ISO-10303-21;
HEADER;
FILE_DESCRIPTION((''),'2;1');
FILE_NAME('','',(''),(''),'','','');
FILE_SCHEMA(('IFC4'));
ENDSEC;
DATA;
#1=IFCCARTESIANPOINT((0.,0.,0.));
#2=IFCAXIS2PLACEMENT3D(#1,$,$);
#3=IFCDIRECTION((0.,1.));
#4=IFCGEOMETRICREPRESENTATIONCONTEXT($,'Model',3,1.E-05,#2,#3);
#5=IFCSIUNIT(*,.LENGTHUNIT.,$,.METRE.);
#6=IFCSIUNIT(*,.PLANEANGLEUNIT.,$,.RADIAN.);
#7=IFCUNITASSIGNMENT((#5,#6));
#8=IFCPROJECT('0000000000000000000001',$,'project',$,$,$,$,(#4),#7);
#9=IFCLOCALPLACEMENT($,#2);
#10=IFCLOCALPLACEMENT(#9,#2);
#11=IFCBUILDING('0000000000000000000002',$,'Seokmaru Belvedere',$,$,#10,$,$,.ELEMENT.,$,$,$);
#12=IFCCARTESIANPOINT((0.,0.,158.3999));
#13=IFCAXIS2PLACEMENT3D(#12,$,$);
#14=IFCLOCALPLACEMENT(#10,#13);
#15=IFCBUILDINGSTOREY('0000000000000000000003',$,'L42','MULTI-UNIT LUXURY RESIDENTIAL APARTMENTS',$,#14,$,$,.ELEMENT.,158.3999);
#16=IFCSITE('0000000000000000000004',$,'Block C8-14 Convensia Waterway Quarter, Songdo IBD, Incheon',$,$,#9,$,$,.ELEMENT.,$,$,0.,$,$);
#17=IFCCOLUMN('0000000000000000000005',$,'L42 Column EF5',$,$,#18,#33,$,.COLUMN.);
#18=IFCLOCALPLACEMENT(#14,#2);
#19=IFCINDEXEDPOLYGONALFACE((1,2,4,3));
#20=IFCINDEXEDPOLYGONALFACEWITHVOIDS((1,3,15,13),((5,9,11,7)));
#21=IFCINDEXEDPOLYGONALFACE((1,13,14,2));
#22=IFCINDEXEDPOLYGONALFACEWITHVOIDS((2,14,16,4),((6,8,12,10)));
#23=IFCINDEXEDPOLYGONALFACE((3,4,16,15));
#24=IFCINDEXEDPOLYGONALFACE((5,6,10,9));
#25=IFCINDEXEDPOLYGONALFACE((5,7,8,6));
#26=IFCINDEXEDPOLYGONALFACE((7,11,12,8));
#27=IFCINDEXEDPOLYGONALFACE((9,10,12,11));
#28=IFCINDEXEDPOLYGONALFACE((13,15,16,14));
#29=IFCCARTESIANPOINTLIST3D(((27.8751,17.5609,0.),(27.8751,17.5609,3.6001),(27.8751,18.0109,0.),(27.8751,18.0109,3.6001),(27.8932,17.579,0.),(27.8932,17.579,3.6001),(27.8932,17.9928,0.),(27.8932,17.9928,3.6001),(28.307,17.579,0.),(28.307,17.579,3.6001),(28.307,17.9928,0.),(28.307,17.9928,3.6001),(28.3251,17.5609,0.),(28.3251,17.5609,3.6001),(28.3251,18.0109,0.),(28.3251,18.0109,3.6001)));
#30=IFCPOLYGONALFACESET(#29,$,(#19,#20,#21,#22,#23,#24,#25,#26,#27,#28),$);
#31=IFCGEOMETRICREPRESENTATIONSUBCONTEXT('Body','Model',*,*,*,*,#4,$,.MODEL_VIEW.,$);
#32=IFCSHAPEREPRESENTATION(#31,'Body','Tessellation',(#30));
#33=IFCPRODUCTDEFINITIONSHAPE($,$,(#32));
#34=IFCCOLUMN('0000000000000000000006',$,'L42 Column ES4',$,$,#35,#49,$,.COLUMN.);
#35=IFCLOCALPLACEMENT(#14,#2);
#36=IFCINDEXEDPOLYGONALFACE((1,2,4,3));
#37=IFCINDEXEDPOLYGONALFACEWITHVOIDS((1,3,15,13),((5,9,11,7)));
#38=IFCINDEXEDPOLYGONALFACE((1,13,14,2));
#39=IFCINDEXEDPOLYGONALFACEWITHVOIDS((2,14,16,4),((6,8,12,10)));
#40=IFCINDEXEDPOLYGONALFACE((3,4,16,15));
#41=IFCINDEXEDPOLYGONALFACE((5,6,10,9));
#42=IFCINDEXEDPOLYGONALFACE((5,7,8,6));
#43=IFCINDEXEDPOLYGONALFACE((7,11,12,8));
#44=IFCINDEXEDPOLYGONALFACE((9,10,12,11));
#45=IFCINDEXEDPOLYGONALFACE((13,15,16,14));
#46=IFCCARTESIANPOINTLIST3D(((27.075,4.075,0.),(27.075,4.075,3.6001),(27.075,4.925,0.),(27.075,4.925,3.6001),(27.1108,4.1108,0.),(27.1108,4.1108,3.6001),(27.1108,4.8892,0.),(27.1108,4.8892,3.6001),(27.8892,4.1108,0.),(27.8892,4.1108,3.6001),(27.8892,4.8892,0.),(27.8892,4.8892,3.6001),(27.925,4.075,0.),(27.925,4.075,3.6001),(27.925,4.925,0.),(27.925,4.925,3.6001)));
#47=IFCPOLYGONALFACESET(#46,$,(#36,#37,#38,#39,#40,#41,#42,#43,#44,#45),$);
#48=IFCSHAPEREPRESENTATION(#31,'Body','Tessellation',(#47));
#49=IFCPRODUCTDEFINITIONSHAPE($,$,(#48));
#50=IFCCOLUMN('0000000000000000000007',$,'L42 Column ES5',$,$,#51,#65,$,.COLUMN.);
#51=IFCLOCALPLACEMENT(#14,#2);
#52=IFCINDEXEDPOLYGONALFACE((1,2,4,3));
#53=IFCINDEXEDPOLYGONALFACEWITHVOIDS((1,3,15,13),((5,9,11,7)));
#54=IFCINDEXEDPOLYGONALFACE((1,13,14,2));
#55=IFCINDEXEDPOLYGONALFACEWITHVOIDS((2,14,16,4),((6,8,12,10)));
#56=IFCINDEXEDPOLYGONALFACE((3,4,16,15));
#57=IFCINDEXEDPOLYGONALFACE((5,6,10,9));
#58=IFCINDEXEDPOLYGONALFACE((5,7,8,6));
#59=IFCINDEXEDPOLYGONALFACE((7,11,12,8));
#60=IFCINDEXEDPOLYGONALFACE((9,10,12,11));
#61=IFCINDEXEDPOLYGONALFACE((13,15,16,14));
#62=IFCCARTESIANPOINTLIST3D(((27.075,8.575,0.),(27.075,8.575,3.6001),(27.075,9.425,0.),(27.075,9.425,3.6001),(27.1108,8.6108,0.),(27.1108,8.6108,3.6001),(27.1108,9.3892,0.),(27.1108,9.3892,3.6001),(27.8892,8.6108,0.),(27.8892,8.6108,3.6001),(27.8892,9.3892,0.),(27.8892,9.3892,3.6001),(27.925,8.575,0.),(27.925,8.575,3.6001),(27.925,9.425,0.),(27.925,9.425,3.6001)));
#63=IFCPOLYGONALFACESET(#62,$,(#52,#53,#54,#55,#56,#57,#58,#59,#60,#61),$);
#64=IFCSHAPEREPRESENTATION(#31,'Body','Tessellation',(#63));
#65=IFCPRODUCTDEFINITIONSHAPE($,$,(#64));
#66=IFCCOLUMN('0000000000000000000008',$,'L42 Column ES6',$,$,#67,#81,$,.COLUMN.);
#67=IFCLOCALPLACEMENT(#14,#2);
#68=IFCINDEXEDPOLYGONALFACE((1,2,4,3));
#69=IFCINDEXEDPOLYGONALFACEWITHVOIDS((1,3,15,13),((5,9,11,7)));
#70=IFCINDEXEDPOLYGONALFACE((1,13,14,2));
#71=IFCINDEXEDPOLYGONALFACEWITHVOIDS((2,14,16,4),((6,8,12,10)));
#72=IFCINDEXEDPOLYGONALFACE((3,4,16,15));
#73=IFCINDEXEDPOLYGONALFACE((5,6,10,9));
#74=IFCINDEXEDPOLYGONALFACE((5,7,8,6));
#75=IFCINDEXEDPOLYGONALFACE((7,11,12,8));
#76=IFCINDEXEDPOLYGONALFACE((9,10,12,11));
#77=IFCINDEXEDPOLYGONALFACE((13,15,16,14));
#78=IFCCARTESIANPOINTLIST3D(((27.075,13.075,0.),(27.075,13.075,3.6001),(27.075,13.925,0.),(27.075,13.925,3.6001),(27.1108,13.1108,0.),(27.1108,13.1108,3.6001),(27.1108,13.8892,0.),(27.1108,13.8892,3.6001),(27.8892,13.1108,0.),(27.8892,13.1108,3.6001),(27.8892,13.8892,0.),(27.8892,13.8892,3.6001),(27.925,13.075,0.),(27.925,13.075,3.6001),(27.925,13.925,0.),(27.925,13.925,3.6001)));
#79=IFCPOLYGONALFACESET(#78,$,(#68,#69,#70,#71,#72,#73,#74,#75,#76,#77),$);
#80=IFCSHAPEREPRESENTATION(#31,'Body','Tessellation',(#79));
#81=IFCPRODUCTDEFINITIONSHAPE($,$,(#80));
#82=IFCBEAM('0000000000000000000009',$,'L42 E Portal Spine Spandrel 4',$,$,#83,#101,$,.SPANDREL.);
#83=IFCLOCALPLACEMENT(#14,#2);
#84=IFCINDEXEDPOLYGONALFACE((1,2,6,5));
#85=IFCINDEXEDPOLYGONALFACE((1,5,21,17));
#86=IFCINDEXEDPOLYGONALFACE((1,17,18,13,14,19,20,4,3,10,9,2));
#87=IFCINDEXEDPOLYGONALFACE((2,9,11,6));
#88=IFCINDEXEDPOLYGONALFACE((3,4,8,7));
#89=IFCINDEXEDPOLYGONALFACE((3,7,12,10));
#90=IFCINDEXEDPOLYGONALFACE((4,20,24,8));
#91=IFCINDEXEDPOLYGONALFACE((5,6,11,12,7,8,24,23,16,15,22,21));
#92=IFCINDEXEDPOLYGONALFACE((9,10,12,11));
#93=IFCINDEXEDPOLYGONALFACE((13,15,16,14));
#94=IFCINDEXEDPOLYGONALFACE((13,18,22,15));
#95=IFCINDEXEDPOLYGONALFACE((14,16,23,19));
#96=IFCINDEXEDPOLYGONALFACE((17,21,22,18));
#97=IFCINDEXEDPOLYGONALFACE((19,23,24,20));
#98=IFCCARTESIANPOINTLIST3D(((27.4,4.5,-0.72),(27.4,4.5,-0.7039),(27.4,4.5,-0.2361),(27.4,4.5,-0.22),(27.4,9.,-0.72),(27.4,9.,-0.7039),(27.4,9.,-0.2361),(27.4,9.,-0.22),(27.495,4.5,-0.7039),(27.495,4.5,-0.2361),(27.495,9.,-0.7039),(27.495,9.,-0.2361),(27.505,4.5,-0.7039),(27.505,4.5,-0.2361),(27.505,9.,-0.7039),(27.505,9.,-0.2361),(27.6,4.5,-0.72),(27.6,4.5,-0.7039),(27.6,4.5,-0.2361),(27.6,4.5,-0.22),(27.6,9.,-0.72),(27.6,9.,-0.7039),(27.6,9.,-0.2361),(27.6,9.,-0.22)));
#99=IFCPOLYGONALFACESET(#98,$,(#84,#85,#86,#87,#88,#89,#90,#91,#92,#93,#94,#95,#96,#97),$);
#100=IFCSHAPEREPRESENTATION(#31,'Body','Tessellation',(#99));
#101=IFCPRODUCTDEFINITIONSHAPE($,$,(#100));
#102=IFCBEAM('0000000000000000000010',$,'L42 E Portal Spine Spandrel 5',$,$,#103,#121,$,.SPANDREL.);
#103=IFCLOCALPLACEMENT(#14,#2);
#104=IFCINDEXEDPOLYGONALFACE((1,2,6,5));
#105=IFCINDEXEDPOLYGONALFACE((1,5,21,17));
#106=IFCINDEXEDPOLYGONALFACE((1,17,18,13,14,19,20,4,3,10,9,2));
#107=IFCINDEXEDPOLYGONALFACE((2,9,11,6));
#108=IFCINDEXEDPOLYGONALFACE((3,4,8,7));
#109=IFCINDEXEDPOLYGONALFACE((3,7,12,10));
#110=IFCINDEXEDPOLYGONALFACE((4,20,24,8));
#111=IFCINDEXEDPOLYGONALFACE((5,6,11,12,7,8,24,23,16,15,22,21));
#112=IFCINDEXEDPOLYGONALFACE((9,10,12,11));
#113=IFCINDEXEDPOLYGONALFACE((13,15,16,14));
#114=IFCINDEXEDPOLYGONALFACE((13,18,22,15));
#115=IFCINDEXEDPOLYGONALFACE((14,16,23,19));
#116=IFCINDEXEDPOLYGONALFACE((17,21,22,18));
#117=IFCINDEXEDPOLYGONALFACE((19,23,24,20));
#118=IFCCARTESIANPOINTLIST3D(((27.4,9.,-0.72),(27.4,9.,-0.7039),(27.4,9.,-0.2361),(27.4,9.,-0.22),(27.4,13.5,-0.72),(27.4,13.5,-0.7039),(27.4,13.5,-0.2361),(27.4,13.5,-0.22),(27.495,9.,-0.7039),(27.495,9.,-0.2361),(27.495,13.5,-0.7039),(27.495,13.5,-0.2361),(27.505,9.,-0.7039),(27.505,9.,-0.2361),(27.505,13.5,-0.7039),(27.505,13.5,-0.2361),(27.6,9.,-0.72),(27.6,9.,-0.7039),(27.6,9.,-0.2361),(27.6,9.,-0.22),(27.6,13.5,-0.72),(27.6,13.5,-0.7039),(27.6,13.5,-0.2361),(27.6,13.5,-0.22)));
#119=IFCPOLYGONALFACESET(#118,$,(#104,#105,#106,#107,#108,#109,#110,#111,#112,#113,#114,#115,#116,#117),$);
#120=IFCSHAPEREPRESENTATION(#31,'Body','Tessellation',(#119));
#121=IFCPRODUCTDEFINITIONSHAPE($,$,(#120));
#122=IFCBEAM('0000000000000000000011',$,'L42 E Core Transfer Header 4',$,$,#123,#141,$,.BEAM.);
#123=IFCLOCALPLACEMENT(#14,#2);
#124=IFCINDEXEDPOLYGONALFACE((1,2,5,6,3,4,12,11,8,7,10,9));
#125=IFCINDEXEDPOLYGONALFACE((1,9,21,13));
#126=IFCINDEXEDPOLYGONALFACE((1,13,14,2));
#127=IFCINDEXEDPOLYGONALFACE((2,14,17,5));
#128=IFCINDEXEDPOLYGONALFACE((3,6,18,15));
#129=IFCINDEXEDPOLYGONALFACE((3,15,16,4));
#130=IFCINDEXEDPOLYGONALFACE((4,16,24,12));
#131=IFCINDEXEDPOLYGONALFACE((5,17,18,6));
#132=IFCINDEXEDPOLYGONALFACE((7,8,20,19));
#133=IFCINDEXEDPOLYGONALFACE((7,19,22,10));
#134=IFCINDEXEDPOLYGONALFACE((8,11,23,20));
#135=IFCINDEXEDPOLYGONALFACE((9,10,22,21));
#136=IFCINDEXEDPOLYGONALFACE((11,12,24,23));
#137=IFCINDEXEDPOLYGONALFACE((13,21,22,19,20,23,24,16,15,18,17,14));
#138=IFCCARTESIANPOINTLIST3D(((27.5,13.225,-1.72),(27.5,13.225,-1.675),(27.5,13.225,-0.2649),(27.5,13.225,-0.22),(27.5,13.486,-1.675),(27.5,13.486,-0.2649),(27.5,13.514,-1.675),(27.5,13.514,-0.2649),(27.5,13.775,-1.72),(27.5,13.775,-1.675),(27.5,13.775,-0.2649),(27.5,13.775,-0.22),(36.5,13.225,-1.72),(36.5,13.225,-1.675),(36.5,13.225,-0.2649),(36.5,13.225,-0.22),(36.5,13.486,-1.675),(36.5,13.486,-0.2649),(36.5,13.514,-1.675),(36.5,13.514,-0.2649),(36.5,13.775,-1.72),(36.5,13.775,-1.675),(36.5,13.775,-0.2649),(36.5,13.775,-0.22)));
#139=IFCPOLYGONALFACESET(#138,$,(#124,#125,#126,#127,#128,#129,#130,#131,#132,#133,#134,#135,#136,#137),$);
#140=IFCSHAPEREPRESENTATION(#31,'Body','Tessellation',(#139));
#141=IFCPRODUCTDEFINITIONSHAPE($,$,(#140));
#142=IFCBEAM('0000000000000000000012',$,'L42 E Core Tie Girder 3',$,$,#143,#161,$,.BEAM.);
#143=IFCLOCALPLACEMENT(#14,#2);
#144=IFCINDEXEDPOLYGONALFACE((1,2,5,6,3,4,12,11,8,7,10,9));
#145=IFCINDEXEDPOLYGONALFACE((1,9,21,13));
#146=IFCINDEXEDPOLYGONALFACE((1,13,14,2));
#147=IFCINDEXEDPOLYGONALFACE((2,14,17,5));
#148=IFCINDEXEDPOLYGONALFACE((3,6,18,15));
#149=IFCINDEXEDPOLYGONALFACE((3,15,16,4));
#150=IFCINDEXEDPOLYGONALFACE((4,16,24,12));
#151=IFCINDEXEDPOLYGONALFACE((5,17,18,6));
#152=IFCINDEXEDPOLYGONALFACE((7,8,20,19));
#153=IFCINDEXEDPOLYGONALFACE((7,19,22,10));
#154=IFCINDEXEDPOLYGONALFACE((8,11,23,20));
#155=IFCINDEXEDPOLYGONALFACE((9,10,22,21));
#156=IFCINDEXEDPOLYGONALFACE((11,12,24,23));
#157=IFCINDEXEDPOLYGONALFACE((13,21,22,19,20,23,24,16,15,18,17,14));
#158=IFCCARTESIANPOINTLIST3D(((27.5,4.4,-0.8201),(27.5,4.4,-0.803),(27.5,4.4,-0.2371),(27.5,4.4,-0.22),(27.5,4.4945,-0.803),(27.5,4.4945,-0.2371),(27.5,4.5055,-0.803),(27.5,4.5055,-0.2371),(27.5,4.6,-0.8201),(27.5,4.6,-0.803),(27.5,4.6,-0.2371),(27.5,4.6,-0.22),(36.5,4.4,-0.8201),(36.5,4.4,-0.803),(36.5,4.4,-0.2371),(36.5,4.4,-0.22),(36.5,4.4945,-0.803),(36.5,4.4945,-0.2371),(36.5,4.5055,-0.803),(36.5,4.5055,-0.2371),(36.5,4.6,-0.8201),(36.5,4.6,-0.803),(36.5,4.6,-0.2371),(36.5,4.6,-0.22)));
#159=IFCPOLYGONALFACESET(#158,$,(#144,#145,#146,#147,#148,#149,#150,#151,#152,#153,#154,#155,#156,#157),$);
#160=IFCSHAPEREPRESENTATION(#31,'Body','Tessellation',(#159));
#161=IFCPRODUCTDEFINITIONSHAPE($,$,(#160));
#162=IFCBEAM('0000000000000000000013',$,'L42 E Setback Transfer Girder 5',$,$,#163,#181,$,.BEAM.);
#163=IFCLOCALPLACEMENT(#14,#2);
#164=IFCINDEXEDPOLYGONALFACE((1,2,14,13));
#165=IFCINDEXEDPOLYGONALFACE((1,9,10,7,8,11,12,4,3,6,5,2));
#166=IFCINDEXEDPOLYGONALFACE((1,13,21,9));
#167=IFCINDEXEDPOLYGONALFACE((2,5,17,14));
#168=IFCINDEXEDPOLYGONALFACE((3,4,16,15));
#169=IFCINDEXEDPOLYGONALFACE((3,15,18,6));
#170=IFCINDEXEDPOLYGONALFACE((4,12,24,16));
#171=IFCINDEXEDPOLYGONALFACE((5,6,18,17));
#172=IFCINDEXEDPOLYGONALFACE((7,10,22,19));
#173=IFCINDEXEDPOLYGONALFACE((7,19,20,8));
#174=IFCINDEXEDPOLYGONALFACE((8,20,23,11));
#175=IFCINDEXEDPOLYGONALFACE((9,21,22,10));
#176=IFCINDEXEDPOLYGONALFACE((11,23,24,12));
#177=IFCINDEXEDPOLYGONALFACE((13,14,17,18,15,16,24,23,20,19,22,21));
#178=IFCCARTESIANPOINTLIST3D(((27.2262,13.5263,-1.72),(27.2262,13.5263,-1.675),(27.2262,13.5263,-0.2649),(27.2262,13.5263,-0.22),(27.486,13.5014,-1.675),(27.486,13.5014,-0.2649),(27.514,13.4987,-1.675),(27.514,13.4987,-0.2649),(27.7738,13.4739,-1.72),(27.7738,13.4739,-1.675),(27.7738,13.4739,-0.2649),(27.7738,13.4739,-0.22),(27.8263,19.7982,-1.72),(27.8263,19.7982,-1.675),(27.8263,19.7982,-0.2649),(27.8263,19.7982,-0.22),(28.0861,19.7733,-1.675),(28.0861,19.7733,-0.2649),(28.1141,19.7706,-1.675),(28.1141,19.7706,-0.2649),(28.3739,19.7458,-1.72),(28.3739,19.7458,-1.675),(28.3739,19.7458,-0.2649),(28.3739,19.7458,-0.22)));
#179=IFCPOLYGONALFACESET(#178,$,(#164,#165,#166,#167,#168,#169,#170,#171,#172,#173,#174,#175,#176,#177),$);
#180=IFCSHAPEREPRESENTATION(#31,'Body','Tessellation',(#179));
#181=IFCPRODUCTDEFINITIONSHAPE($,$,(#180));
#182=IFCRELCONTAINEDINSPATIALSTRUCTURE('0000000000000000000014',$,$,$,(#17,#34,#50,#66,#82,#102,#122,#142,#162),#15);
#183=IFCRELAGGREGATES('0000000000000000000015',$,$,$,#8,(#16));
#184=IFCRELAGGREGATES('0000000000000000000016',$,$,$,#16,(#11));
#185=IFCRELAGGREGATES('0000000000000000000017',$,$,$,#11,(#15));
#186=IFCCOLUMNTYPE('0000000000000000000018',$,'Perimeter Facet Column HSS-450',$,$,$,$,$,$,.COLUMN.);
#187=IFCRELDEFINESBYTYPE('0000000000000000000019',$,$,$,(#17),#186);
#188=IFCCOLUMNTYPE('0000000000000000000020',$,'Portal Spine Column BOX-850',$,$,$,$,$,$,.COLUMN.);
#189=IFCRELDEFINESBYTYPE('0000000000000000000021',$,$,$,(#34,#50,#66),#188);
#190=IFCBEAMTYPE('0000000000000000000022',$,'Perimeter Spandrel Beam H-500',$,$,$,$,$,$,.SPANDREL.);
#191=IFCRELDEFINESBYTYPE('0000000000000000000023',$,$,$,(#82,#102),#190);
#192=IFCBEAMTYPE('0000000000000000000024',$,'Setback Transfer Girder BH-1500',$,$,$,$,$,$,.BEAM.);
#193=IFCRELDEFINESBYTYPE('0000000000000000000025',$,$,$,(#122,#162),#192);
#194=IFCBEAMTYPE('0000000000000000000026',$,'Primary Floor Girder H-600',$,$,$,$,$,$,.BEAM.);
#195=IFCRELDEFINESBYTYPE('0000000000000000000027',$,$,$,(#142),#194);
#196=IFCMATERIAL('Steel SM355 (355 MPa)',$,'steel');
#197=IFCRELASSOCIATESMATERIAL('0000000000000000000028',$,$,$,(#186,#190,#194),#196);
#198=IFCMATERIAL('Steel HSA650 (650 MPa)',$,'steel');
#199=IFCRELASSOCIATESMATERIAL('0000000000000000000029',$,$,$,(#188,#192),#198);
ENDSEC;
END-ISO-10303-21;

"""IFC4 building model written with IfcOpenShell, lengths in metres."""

from ifc_helpers import new_model, si_unit, direction, frame, origin, origin_2d, place, context, subcontext, project, spatial, hollow_rectangle, i_section, extrude, source, transform, mapped, material, material_profile, profile_set, type_object, type_shapes, element, save


model = new_model("IFC4")

# Units and contexts
model_context = context("Model", 3, precision=1e-05, world=origin(), true_north=direction((0.0, 1.0)))
body_context = subcontext(model_context, "Body", "Model", "MODEL_VIEW")
ifc_project = project(units=[si_unit("LENGTHUNIT", "METRE"), si_unit("PLANEANGLEUNIT", "RADIAN")], contexts=[model_context])

# Site, building, storey
site_placement = place(None, origin())
site = spatial("IfcSite", under=ifc_project, at=site_placement, Name="Block C8-14 Convensia Waterway Quarter, Songdo IBD, Incheon", CompositionType="ELEMENT", RefElevation=0.0)
building_placement = place(site_placement, origin())
building = spatial("IfcBuilding", under=site, at=building_placement, Name="Seokmaru Belvedere", CompositionType="ELEMENT")
storey_placement = place(building_placement, frame((0.0, 0.0, 158.3999)))
storey = spatial("IfcBuildingStorey", under=building, at=storey_placement, Name="L42", Description="MULTI-UNIT LUXURY RESIDENTIAL APARTMENTS", CompositionType="ELEMENT", Elevation=158.3999)

# Columns
ifc_material_1 = material(Name="Steel SM355 (355 MPa)", Category="steel")
ifc_material_profile_1 = material_profile(ifc_material_1, hollow_rectangle(XDim=0.45, YDim=0.45, WallThickness=0.0181, at=origin_2d()), Name="HSS-450x450x18")
ifc_profile_set_1 = profile_set([ifc_material_profile_1], Name="Steel SM355 (355 MPa)")
column_type_1 = type_object("IfcColumnType", Name="Perimeter Facet Column HSS-450", PredefinedType="COLUMN", material=ifc_profile_set_1)
shared_shape_1 = source(origin(), body_context, "Body", "SweptSolid", [
    extrude(hollow_rectangle(XDim=0.45, YDim=0.45, WallThickness=0.0181, at=origin_2d()), origin(), (0.0, 0.0, 1.0), 3.6001),
])
type_shapes(column_type_1, [shared_shape_1])
column_placement = place(storey_placement, frame((28.1001, 17.7859, 0.0), z_axis=(0.0, 0.0, 1.0), x_axis=(1.0, 0.0, 0.0)))
element("IfcColumn", 1, at=column_placement, inside=storey, type_object=column_type_1, Name="L42 Column EF5", PredefinedType="COLUMN", context=body_context, shape_type="MappedRepresentation", body=[
    mapped(shared_shape_1, transform((0.0, 0.0, 0.0), scale=1.0)),
])
ifc_material_2 = material(Name="Steel HSA650 (650 MPa)", Category="steel")
ifc_material_profile_2 = material_profile(ifc_material_2, hollow_rectangle(XDim=0.8501, YDim=0.8501, WallThickness=0.0359, at=origin_2d()), Name="BOX-850x850x36")
ifc_profile_set_2 = profile_set([ifc_material_profile_2], Name="Steel HSA650 (650 MPa)")
column_type_2 = type_object("IfcColumnType", Name="Portal Spine Column BOX-850", PredefinedType="COLUMN", material=ifc_profile_set_2)
shared_shape_2 = source(origin(), body_context, "Body", "SweptSolid", [
    extrude(hollow_rectangle(XDim=0.8501, YDim=0.8501, WallThickness=0.0359, at=origin_2d()), origin(), (0.0, 0.0, 1.0), 3.6001),
])
type_shapes(column_type_2, [shared_shape_2])
for number, where, z_axis, x_axis, name in (
    (2, (27.5, 4.5, 0.0), (0.0, 0.0, 1.0), (1.0, 0.0, 0.0), "L42 Column ES4"),
    (3, (27.5, 9.0, 0.0), (0.0, 0.0, 1.0), (1.0, 0.0, 0.0), "L42 Column ES5"),
    (4, (27.5, 13.5, 0.0), (0.0, 0.0, 1.0), (1.0, 0.0, 0.0), "L42 Column ES6"),
):
    element("IfcColumn", number, at=place(storey_placement, frame(where, z_axis=z_axis, x_axis=x_axis)), inside=storey, type_object=column_type_2, Name=name, PredefinedType="COLUMN", context=body_context, shape_type="MappedRepresentation", body=[
        mapped(shared_shape_2, transform((0.0, 0.0, 0.0), scale=1.0)),
    ])

# Beams
ifc_material_profile_3 = material_profile(ifc_material_1, i_section(OverallWidth=0.2, OverallDepth=0.5, WebThickness=0.01, FlangeThickness=0.0161, at=origin_2d()), Name="H-500x200x10x16")
ifc_profile_set_3 = profile_set([ifc_material_profile_3], Name="Steel SM355 (355 MPa)")
beam_type_1 = type_object("IfcBeamType", Name="Perimeter Spandrel Beam H-500", PredefinedType="SPANDREL", material=ifc_profile_set_3)
shared_shape_3 = source(origin(), body_context, "Body", "SweptSolid", [
    extrude(i_section(OverallWidth=0.2, OverallDepth=0.5, WebThickness=0.01, FlangeThickness=0.0161, at=origin_2d()), origin(), (0.0, 0.0, 1.0), 4.5),
])
type_shapes(beam_type_1, [shared_shape_3])
for number, where, z_axis, x_axis, name in (
    (5, (27.5, 4.5, -0.47), (0.0, 1.0, 0.0), (-1.0, 0.0, 0.0), "L42 E Portal Spine Spandrel 4"),
    (6, (27.5, 9.0, -0.47), (0.0, 1.0, 0.0), (-1.0, 0.0, 0.0), "L42 E Portal Spine Spandrel 5"),
):
    element("IfcBeam", number, at=place(storey_placement, frame(where, z_axis=z_axis, x_axis=x_axis)), inside=storey, type_object=beam_type_1, Name=name, PredefinedType="SPANDREL", context=body_context, shape_type="MappedRepresentation", body=[
        mapped(shared_shape_3, transform((0.0, 0.0, 0.0), scale=1.0)),
    ])
ifc_material_profile_4 = material_profile(ifc_material_2, i_section(OverallWidth=0.55, OverallDepth=1.5, WebThickness=0.0281, FlangeThickness=0.0449, at=origin_2d()), Name="BH-1500x550x28x45")
ifc_profile_set_4 = profile_set([ifc_material_profile_4], Name="Steel HSA650 (650 MPa)")
beam_type_2 = type_object("IfcBeamType", Name="Setback Transfer Girder BH-1500", PredefinedType="BEAM", material=ifc_profile_set_4)
shared_shape_4 = source(origin(), body_context, "Body", "SweptSolid", [
    extrude(i_section(OverallWidth=0.55, OverallDepth=1.5, WebThickness=0.0281, FlangeThickness=0.0449, at=origin_2d()), origin(), (0.0, 0.0, 1.0), 9.0),
])
beam_1_placement = place(storey_placement, frame((27.5, 13.5, -0.97), z_axis=(1.0, 0.0, 0.0), x_axis=(0.0, 1.0, 0.0)))
element("IfcBeam", 7, at=beam_1_placement, inside=storey, type_object=beam_type_2, Name="L42 E Core Transfer Header 4", PredefinedType="BEAM", context=body_context, shape_type="MappedRepresentation", body=[
    mapped(shared_shape_4, transform((0.0, 0.0, 0.0), scale=1.0)),
])
ifc_material_profile_5 = material_profile(ifc_material_1, i_section(OverallWidth=0.2, OverallDepth=0.6001, WebThickness=0.011, FlangeThickness=0.0171, at=origin_2d()), Name="H-600x200x11x17")
ifc_profile_set_5 = profile_set([ifc_material_profile_5], Name="Steel SM355 (355 MPa)")
beam_type_3 = type_object("IfcBeamType", Name="Primary Floor Girder H-600", PredefinedType="BEAM", material=ifc_profile_set_5)
shared_shape_5 = source(origin(), body_context, "Body", "SweptSolid", [
    extrude(i_section(OverallWidth=0.2, OverallDepth=0.6001, WebThickness=0.011, FlangeThickness=0.0171, at=origin_2d()), origin(), (0.0, 0.0, 1.0), 9.0),
])
type_shapes(beam_type_3, [shared_shape_5])
beam_2_placement = place(storey_placement, frame((27.5, 4.5, -0.52), z_axis=(1.0, 0.0, 0.0), x_axis=(0.0, 1.0, 0.0)))
element("IfcBeam", 8, at=beam_2_placement, inside=storey, type_object=beam_type_3, Name="L42 E Core Tie Girder 3", PredefinedType="BEAM", context=body_context, shape_type="MappedRepresentation", body=[
    mapped(shared_shape_5, transform((0.0, 0.0, 0.0), scale=1.0)),
])
shared_shape_6 = source(origin(), body_context, "Body", "SweptSolid", [
    extrude(i_section(OverallWidth=0.55, OverallDepth=1.5, WebThickness=0.0281, FlangeThickness=0.0449, at=origin_2d()), origin(), (0.0, 0.0, 1.0), 6.3005),
])
type_shapes(beam_type_2, [shared_shape_4, shared_shape_6])
beam_3_placement = place(storey_placement, frame((28.1001, 19.772, -0.97), z_axis=(-0.095244, -0.995454, 0.0), x_axis=(0.995454, -0.095244, 0.0)))
element("IfcBeam", 9, at=beam_3_placement, inside=storey, type_object=beam_type_2, Name="L42 E Setback Transfer Girder 5", PredefinedType="BEAM", context=body_context, shape_type="MappedRepresentation", body=[
    mapped(shared_shape_6, transform((0.0, 0.0, 0.0), scale=1.0)),
])

save(model, "model.ifc")
